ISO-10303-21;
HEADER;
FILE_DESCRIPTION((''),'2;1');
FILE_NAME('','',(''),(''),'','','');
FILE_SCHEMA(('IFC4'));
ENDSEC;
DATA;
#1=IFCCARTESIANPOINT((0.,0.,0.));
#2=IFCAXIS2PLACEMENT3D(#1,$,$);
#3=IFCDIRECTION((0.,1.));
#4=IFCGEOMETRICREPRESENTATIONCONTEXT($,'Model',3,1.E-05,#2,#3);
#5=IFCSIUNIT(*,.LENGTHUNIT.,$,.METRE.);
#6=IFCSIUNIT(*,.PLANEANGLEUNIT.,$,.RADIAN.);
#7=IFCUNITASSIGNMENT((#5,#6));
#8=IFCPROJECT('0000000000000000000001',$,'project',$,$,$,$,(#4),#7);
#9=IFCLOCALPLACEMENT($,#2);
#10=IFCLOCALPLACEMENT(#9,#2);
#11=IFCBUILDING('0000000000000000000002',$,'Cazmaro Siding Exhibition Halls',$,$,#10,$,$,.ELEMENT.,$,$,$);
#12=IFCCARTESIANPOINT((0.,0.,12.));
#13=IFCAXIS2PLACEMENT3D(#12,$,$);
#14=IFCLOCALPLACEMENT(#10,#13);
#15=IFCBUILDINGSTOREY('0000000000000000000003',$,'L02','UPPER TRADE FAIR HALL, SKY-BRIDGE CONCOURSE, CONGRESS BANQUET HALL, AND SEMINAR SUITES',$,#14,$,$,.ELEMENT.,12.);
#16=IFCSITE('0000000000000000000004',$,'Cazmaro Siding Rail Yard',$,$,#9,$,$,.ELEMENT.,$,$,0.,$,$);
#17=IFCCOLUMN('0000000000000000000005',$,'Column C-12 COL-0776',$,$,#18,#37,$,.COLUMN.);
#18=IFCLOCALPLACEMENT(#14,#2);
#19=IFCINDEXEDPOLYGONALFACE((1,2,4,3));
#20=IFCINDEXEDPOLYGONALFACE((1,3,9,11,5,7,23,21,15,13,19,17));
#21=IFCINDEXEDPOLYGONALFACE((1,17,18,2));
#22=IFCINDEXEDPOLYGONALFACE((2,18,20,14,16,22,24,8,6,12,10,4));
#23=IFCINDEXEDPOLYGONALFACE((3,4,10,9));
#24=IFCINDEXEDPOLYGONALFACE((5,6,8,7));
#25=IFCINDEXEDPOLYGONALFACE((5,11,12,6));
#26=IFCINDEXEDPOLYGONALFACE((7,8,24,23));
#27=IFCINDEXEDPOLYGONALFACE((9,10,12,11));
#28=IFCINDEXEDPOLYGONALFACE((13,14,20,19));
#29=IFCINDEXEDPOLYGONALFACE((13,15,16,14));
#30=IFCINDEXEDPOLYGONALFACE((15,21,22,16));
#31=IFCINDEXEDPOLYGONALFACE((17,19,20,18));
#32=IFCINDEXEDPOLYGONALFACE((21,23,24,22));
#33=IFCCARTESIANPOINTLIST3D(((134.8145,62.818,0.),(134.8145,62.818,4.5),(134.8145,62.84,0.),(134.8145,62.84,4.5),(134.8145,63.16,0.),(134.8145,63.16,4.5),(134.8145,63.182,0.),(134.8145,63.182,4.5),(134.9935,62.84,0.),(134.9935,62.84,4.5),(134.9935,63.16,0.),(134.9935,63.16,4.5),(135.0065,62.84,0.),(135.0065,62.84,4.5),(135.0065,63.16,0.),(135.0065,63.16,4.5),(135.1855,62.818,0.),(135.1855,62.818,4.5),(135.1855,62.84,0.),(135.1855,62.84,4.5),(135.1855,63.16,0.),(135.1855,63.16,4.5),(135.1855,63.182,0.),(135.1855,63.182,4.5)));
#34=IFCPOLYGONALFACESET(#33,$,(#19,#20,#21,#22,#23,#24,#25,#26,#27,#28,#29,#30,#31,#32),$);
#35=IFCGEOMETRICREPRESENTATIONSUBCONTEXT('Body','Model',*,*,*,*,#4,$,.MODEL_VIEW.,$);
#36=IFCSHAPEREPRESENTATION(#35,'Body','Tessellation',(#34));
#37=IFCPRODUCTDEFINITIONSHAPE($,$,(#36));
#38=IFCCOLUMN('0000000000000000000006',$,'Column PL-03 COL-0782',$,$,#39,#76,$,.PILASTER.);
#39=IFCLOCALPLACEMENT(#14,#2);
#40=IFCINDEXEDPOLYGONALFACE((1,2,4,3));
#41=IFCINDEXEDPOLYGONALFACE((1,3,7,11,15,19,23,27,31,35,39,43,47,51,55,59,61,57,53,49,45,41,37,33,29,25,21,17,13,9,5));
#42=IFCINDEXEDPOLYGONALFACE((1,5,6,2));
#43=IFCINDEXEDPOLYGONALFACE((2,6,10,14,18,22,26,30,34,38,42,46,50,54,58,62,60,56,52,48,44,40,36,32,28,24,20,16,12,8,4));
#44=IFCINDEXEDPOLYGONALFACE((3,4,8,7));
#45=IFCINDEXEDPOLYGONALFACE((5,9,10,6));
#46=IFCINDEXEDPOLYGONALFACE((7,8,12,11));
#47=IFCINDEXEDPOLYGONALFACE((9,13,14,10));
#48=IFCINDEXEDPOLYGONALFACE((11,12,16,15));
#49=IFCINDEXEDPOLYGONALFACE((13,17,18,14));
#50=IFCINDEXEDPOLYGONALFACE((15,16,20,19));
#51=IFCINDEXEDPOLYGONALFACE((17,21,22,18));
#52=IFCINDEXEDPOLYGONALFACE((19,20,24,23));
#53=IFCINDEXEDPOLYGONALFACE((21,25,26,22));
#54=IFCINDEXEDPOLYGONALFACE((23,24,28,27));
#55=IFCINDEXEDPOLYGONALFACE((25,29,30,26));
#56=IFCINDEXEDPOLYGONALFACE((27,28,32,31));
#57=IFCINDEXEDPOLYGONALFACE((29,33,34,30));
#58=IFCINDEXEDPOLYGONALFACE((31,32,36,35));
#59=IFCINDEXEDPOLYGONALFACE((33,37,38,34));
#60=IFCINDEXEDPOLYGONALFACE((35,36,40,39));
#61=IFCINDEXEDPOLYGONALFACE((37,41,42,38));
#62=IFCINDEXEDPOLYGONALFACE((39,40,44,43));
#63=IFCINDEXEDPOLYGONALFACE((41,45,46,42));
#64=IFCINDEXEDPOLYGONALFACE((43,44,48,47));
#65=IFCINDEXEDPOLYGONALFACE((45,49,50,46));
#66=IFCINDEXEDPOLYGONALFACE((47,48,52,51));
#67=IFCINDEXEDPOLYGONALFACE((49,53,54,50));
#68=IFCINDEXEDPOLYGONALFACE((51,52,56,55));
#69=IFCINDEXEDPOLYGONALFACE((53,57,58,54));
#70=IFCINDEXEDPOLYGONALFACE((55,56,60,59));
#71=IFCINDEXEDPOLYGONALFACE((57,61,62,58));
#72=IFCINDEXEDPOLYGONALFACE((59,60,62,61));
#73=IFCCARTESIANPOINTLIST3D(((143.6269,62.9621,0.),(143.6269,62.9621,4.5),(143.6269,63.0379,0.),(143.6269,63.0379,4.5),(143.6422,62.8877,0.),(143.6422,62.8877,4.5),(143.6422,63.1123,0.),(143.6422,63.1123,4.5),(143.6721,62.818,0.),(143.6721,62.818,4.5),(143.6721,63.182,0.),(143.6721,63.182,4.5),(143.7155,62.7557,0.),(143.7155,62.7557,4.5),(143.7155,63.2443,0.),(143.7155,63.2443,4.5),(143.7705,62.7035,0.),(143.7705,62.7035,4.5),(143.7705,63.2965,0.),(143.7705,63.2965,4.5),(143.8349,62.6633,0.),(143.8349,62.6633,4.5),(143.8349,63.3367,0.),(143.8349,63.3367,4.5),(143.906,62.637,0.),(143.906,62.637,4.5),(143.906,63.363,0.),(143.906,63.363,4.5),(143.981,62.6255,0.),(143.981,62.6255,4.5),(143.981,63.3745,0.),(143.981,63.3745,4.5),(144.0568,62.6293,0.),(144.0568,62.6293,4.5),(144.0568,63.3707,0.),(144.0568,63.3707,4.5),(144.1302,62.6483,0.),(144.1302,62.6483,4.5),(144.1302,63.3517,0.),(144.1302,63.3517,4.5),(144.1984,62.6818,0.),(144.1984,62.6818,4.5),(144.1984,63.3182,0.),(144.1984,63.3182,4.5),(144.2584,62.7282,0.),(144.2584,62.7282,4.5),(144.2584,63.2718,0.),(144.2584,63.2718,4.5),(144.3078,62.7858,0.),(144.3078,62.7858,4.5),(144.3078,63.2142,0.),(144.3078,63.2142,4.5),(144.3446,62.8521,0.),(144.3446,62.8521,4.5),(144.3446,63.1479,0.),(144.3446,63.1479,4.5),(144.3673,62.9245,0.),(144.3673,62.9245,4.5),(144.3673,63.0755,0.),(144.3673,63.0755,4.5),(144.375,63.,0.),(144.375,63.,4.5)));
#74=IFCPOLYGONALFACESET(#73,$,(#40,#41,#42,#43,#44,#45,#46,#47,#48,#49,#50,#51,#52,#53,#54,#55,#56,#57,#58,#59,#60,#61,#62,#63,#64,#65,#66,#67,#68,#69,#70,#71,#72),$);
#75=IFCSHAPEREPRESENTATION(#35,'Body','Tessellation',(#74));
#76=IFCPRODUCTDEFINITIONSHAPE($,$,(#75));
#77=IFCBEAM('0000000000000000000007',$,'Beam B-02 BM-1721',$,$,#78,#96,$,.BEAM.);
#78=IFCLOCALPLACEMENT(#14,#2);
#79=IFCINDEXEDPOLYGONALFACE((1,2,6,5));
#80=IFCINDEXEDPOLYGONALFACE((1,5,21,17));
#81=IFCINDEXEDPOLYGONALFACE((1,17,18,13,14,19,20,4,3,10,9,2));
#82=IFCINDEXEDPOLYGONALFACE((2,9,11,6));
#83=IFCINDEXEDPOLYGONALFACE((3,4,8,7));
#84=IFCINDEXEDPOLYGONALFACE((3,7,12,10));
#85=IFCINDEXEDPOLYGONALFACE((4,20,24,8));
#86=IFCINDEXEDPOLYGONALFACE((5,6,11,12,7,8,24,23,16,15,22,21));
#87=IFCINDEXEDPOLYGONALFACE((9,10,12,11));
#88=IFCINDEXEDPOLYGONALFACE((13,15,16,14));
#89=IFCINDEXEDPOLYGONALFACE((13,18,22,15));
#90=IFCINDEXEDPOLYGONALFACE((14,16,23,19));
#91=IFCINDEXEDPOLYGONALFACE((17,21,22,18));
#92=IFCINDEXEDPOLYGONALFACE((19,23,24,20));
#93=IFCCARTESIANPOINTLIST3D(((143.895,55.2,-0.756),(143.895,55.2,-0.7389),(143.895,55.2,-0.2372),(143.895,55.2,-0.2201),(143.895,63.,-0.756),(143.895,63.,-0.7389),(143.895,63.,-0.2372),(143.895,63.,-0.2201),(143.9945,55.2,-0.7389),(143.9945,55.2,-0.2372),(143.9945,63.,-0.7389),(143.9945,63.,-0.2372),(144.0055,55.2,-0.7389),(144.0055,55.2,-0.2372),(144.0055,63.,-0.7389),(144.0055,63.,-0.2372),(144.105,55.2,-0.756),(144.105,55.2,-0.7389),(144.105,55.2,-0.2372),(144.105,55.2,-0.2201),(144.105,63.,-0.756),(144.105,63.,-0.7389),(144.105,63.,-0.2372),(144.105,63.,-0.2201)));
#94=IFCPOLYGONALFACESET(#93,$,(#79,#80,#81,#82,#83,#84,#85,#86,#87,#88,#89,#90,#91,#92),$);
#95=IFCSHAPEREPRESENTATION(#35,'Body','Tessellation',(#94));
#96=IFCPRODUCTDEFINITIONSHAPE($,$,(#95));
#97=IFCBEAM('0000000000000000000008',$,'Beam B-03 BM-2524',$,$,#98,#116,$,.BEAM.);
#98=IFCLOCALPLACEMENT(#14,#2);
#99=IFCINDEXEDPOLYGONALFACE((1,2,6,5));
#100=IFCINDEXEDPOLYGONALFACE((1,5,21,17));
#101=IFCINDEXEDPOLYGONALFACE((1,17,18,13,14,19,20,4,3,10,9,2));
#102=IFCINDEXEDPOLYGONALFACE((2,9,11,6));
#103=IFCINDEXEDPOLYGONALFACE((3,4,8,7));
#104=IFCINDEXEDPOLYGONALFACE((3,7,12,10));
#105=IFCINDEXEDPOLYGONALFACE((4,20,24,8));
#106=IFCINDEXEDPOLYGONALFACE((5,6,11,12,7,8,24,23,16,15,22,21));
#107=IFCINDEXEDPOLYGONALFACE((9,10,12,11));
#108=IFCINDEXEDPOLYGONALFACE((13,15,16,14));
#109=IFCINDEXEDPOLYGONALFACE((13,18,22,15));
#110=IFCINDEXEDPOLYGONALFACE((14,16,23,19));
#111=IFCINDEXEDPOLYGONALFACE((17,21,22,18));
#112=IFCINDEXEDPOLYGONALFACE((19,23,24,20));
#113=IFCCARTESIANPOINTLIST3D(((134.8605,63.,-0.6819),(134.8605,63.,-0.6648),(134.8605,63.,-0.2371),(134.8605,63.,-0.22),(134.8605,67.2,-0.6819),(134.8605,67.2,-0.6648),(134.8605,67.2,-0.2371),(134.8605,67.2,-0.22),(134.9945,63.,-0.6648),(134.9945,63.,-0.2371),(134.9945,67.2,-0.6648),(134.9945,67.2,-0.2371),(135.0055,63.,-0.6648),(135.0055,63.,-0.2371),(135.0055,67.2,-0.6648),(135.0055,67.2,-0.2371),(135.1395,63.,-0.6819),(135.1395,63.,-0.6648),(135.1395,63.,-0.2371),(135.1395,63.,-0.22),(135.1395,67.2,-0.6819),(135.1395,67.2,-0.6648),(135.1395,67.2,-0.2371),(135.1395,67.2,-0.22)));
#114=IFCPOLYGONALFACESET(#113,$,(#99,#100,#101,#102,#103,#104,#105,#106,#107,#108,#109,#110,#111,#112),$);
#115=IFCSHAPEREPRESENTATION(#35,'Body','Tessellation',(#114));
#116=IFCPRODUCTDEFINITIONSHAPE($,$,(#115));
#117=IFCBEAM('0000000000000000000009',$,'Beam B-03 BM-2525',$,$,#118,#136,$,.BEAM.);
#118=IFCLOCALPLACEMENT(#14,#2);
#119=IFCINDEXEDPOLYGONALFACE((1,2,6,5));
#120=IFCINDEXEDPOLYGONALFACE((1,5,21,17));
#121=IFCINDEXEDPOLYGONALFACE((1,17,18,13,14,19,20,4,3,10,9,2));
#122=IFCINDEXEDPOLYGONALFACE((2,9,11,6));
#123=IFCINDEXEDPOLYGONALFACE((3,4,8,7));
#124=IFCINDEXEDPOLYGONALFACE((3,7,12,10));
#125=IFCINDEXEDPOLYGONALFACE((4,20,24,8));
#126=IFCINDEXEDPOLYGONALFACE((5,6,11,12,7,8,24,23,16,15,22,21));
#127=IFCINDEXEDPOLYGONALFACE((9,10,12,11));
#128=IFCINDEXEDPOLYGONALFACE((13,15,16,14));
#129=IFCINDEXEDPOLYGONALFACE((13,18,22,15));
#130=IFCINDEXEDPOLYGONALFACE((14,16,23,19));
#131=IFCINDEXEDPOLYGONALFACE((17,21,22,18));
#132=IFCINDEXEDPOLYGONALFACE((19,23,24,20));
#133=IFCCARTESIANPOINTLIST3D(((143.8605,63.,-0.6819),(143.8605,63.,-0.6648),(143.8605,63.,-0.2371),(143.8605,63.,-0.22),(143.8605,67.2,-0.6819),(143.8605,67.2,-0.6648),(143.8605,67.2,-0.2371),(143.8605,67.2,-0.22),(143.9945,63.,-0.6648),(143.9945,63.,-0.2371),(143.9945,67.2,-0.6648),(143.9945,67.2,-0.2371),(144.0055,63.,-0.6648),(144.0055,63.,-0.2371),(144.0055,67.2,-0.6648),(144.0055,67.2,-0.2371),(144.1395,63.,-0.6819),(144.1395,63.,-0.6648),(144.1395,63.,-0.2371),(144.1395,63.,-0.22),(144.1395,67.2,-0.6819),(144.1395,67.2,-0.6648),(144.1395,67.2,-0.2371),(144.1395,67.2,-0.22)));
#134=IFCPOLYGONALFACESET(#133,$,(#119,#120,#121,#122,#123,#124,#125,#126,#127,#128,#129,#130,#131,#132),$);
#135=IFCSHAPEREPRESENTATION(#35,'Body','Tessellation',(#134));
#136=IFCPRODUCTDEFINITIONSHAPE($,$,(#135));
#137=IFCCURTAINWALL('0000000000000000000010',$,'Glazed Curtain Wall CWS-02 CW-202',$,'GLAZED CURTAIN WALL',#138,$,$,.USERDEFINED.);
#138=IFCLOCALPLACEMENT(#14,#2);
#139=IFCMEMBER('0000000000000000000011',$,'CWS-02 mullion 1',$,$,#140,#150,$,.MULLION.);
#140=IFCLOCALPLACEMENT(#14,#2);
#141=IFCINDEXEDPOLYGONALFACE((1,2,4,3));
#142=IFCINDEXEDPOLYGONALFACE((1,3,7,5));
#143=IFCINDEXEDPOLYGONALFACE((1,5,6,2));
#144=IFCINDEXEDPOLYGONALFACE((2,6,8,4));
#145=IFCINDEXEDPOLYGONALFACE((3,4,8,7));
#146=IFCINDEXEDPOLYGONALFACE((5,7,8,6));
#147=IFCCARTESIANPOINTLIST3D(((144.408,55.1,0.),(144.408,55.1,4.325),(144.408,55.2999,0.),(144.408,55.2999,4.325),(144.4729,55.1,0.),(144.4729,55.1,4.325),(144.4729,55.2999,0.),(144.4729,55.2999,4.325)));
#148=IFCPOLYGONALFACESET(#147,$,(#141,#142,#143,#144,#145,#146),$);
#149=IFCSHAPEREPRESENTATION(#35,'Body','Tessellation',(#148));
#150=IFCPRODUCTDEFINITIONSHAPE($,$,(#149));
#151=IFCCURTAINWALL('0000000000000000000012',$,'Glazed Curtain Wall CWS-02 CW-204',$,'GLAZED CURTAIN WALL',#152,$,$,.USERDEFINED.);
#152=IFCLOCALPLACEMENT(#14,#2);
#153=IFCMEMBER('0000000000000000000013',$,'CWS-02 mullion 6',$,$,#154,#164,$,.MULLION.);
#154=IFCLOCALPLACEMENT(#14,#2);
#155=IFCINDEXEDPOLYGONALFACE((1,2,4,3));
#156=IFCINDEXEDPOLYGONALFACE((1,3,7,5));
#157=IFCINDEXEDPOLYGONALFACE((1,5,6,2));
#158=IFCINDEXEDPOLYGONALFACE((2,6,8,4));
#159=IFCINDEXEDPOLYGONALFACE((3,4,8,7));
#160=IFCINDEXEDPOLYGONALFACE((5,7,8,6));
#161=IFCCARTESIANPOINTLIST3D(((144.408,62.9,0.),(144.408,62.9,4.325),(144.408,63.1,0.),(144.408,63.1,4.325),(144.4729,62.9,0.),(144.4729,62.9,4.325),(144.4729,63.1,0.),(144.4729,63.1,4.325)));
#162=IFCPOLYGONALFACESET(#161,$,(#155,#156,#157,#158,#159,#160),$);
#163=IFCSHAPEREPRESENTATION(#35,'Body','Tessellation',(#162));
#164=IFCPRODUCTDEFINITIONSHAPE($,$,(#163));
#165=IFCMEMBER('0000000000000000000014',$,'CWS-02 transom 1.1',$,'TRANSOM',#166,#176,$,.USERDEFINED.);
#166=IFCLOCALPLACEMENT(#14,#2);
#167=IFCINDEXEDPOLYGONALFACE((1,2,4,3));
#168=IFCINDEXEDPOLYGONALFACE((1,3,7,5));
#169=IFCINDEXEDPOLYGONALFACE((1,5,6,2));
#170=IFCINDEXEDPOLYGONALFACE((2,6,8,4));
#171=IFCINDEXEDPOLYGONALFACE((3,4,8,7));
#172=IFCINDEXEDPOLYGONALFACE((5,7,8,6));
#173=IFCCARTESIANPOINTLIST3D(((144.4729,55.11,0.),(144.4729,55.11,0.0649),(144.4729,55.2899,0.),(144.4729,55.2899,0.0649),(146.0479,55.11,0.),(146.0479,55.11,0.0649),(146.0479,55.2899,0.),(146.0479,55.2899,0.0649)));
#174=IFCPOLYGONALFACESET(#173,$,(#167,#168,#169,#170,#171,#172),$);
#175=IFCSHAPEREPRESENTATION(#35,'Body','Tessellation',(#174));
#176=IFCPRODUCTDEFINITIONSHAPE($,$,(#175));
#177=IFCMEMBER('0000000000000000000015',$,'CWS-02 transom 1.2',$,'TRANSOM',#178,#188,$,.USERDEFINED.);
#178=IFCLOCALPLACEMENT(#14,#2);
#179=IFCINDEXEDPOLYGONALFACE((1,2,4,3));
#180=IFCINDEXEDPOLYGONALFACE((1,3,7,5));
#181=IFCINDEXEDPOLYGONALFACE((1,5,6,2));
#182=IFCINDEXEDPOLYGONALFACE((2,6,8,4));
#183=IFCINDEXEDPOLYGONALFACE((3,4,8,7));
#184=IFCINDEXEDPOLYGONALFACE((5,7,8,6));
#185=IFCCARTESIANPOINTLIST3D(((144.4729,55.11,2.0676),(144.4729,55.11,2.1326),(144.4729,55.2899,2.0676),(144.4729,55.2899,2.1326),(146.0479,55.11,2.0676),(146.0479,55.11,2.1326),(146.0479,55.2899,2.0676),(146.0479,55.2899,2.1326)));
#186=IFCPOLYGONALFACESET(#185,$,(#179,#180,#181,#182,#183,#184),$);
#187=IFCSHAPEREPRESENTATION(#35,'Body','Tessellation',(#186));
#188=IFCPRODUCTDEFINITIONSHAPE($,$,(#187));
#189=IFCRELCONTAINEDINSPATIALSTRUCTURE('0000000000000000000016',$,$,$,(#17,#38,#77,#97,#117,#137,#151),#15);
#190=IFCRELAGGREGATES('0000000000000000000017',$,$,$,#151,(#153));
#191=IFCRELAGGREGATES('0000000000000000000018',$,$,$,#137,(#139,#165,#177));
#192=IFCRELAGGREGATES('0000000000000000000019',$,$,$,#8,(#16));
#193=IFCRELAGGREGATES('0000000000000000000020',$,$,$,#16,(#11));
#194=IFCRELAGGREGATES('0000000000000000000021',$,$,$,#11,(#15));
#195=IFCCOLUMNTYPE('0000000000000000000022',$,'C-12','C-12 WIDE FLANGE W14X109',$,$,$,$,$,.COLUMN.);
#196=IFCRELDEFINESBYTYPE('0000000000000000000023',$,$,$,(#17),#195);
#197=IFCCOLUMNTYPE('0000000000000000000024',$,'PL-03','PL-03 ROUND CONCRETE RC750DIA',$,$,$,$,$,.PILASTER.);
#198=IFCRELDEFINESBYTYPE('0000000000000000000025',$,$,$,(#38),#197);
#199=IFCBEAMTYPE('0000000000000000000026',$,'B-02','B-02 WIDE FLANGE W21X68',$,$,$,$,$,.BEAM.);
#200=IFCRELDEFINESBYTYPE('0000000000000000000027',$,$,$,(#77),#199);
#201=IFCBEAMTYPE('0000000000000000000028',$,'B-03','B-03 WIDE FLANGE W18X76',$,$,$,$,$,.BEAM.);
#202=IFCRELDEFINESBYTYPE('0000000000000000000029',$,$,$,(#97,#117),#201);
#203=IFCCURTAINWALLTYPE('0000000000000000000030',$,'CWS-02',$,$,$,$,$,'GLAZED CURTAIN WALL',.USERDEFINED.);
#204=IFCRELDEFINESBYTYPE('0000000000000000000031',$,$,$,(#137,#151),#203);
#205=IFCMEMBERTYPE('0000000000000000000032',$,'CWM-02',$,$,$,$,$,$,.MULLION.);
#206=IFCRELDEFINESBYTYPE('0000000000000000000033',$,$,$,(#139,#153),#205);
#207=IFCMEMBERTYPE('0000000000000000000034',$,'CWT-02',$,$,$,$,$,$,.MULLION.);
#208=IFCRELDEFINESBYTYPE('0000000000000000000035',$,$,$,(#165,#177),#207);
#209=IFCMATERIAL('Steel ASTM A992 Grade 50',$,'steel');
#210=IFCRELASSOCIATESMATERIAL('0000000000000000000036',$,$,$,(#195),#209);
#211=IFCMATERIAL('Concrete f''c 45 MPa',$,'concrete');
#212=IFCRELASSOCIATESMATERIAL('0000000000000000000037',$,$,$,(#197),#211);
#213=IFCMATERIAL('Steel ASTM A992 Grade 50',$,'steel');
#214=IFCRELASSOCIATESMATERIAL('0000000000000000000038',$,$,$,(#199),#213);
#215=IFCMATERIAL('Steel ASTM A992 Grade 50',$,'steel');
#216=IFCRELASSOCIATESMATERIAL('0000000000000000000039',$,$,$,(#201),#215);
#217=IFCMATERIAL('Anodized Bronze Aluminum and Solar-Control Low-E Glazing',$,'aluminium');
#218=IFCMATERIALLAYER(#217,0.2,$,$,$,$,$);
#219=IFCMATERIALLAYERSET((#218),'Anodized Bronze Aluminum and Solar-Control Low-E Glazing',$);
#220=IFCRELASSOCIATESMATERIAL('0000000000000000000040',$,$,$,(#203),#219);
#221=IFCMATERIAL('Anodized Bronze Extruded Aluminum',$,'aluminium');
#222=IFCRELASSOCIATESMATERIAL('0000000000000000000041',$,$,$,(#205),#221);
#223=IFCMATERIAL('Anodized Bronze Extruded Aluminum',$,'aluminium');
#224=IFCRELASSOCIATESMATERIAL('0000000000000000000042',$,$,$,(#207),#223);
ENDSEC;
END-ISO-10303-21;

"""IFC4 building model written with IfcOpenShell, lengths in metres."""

from ifc_helpers import new_model, si_unit, direction, frame, origin, origin_2d, place, context, subcontext, project, spatial, rectangle, circle, i_section, extrude, material, layer, layer_set, material_profile, profile_set, type_object, element, aggregate, save


model = new_model("IFC4")

# Units and contexts
model_context = context("Model", 3, precision=1e-05, world=origin(), true_north=direction((0.0, 1.0)))
body_context = subcontext(model_context, "Body", "Model", "MODEL_VIEW")
ifc_project = project(units=[si_unit("LENGTHUNIT", "METRE"), si_unit("PLANEANGLEUNIT", "RADIAN")], contexts=[model_context])

# Site, building, storey
site_placement = place(None, origin())
site = spatial("IfcSite", under=ifc_project, at=site_placement, Name="Cazmaro Siding Rail Yard", CompositionType="ELEMENT", RefElevation=0.0)
building_placement = place(site_placement, origin())
building = spatial("IfcBuilding", under=site, at=building_placement, Name="Cazmaro Siding Exhibition Halls", CompositionType="ELEMENT")
storey_placement = place(building_placement, frame((0.0, 0.0, 12.0)))
storey = spatial("IfcBuildingStorey", under=building, at=storey_placement, Name="L02", Description="UPPER TRADE FAIR HALL, SKY-BRIDGE CONCOURSE, CONGRESS BANQUET HALL, AND SEMINAR SUITES", CompositionType="ELEMENT", Elevation=12.0)

# Columns
ifc_material_1 = material(Name="Steel ASTM A992 Grade 50", Category="steel")
ifc_material_profile_1 = material_profile(ifc_material_1, i_section(OverallWidth=0.3711, OverallDepth=0.364, WebThickness=0.0129, FlangeThickness=0.022, at=origin_2d()), Name="W14X109")
ifc_profile_set_1 = profile_set([ifc_material_profile_1], Name="Steel ASTM A992 Grade 50")
column_type_1 = type_object("IfcColumnType", Name="C-12", Description="C-12 WIDE FLANGE W14X109", PredefinedType="COLUMN", material=ifc_profile_set_1)
column_1_placement = place(storey_placement, frame((135.0, 63.0, 0.0), z_axis=(0.0, 0.0, 1.0), x_axis=(1.0, 0.0, 0.0)))
element("IfcColumn", 1, at=column_1_placement, inside=storey, type_object=column_type_1, Name="Column C-12 COL-0776", PredefinedType="COLUMN", context=body_context, shape_type="SweptSolid", body=[
    extrude(i_section(OverallWidth=0.3711, OverallDepth=0.364, WebThickness=0.0129, FlangeThickness=0.022, at=origin_2d()), origin(), (0.0, 0.0, 1.0), 4.5),
])
ifc_material_2 = material(Name="Concrete f'c 45 MPa", Category="concrete")
ifc_material_profile_2 = material_profile(ifc_material_2, circle(Radius=0.375, at=origin_2d()), Name="RC750DIA")
ifc_profile_set_2 = profile_set([ifc_material_profile_2], Name="Concrete f'c 45 MPa")
column_type_2 = type_object("IfcColumnType", Name="PL-03", Description="PL-03 ROUND CONCRETE RC750DIA", PredefinedType="PILASTER", material=ifc_profile_set_2)
column_2_placement = place(storey_placement, frame((144.0, 63.0, 0.0), z_axis=(0.0, 0.0, 1.0), x_axis=(1.0, 0.0, 0.0)))
element("IfcColumn", 2, at=column_2_placement, inside=storey, type_object=column_type_2, Name="Column PL-03 COL-0782", PredefinedType="PILASTER", context=body_context, shape_type="SweptSolid", body=[
    extrude(circle(Radius=0.375, at=origin_2d()), origin(), (0.0, 0.0, 1.0), 4.5),
])

# Beams
ifc_material_3 = material(Name="Steel ASTM A992 Grade 50", Category="steel")
ifc_material_profile_3 = material_profile(ifc_material_3, i_section(OverallWidth=0.21, OverallDepth=0.5359, WebThickness=0.011, FlangeThickness=0.0171, at=origin_2d()), Name="W21X68")
ifc_profile_set_3 = profile_set([ifc_material_profile_3], Name="Steel ASTM A992 Grade 50")
beam_type_1 = type_object("IfcBeamType", Name="B-02", Description="B-02 WIDE FLANGE W21X68", PredefinedType="BEAM", material=ifc_profile_set_3)
beam_placement = place(storey_placement, frame((144.0, 55.2, -0.488), z_axis=(0.0, 1.0, 0.0), x_axis=(-1.0, 0.0, 0.0)))
element("IfcBeam", 3, at=beam_placement, inside=storey, type_object=beam_type_1, Name="Beam B-02 BM-1721", PredefinedType="BEAM", context=body_context, shape_type="SweptSolid", body=[
    extrude(i_section(OverallWidth=0.21, OverallDepth=0.5359, WebThickness=0.011, FlangeThickness=0.0171, at=origin_2d()), origin(), (0.0, 0.0, 1.0), 7.8),
])
ifc_material_4 = material(Name="Steel ASTM A992 Grade 50", Category="steel")
ifc_material_profile_4 = material_profile(ifc_material_4, i_section(OverallWidth=0.2791, OverallDepth=0.4619, WebThickness=0.011, FlangeThickness=0.0171, at=origin_2d()), Name="W18X76")
ifc_profile_set_4 = profile_set([ifc_material_profile_4], Name="Steel ASTM A992 Grade 50")
beam_type_2 = type_object("IfcBeamType", Name="B-03", Description="B-03 WIDE FLANGE W18X76", PredefinedType="BEAM", material=ifc_profile_set_4)
for number, where, z_axis, x_axis, name in (
    (4, (135.0, 63.0, -0.4509), (0.0, 1.0, 0.0), (-1.0, 0.0, 0.0), "Beam B-03 BM-2524"),
    (5, (144.0, 63.0, -0.4509), (0.0, 1.0, 0.0), (-1.0, 0.0, 0.0), "Beam B-03 BM-2525"),
):
    element("IfcBeam", number, at=place(storey_placement, frame(where, z_axis=z_axis, x_axis=x_axis)), inside=storey, type_object=beam_type_2, Name=name, PredefinedType="BEAM", context=body_context, shape_type="SweptSolid", body=[
        extrude(i_section(OverallWidth=0.2791, OverallDepth=0.4619, WebThickness=0.011, FlangeThickness=0.0171, at=origin_2d()), origin(), (0.0, 0.0, 1.0), 4.2),
    ])

# Curtain walls, members
ifc_material_5 = material(Name="Anodized Bronze Aluminum and Solar-Control Low-E Glazing", Category="aluminium")
ifc_layer_1 = layer(ifc_material_5, 0.2)
ifc_layer_set_1 = layer_set([ifc_layer_1], Name="Anodized Bronze Aluminum and Solar-Control Low-E Glazing")
curtain_wall_type = type_object("IfcCurtainWallType", Name="CWS-02", ElementType="GLAZED CURTAIN WALL", PredefinedType="USERDEFINED", material=ifc_layer_set_1)
curtain_wall_1_placement = place(storey_placement, origin())
curtain_wall_1 = element("IfcCurtainWall", 6, at=curtain_wall_1_placement, inside=storey, type_object=curtain_wall_type, Name="Glazed Curtain Wall CWS-02 CW-202", ObjectType="GLAZED CURTAIN WALL", PredefinedType="USERDEFINED")
ifc_material_6 = material(Name="Anodized Bronze Extruded Aluminum", Category="aluminium")
ifc_material_profile_5 = material_profile(ifc_material_6, rectangle(XDim=0.2, YDim=0.0649, at=origin_2d()), Name="CWM-02")
ifc_profile_set_5 = profile_set([ifc_material_profile_5], Name="Anodized Bronze Extruded Aluminum")
member_type_1 = type_object("IfcMemberType", Name="CWM-02", PredefinedType="MULLION", material=ifc_profile_set_5)
member_1_placement = place(storey_placement, frame((144.4404, 55.2, 0.0), z_axis=(0.0, 0.0, 1.0), x_axis=(0.0, 1.0, 0.0)))
member_1 = element("IfcMember", 7, at=member_1_placement, type_object=member_type_1, Name="CWS-02 mullion 1", PredefinedType="MULLION", context=body_context, shape_type="SweptSolid", body=[
    extrude(rectangle(XDim=0.2, YDim=0.0649, at=origin_2d()), origin(), (0.0, 0.0, 1.0), 4.325),
])
curtain_wall_2_placement = place(storey_placement, origin())
curtain_wall_2 = element("IfcCurtainWall", 8, at=curtain_wall_2_placement, inside=storey, type_object=curtain_wall_type, Name="Glazed Curtain Wall CWS-02 CW-204", ObjectType="GLAZED CURTAIN WALL", PredefinedType="USERDEFINED")
member_2_placement = place(storey_placement, frame((144.4404, 63.0, 0.0), z_axis=(0.0, 0.0, 1.0), x_axis=(0.0, -1.0, 0.0)))
member_2 = element("IfcMember", 9, at=member_2_placement, type_object=member_type_1, Name="CWS-02 mullion 6", PredefinedType="MULLION", context=body_context, shape_type="SweptSolid", body=[
    extrude(rectangle(XDim=0.2, YDim=0.0649, at=origin_2d()), origin(), (0.0, 0.0, 1.0), 4.325),
])
aggregate(curtain_wall_2, [member_2])

# Members
ifc_material_7 = material(Name="Anodized Bronze Extruded Aluminum", Category="aluminium")
ifc_material_profile_6 = material_profile(ifc_material_7, rectangle(XDim=0.1799, YDim=0.0649, at=origin_2d()), Name="CWT-02")
ifc_profile_set_6 = profile_set([ifc_material_profile_6], Name="Anodized Bronze Extruded Aluminum")
member_type_2 = type_object("IfcMemberType", Name="CWT-02", PredefinedType="MULLION", material=ifc_profile_set_6)
member_3_placement = place(storey_placement, frame((144.4729, 55.2, 0.0325), z_axis=(1.0, 0.0, 0.0), x_axis=(0.0, 1.0, 0.0)))
member_3 = element("IfcMember", 10, at=member_3_placement, type_object=member_type_2, Name="CWS-02 transom 1.1", ObjectType="TRANSOM", PredefinedType="USERDEFINED", context=body_context, shape_type="SweptSolid", body=[
    extrude(rectangle(XDim=0.1799, YDim=0.0649, at=origin_2d()), origin(), (0.0, 0.0, 1.0), 1.575),
])
member_4_placement = place(storey_placement, frame((144.4729, 55.2, 2.1001), z_axis=(1.0, 0.0, 0.0), x_axis=(0.0, 1.0, 0.0)))
member_4 = element("IfcMember", 11, at=member_4_placement, type_object=member_type_2, Name="CWS-02 transom 1.2", ObjectType="TRANSOM", PredefinedType="USERDEFINED", context=body_context, shape_type="SweptSolid", body=[
    extrude(rectangle(XDim=0.1799, YDim=0.0649, at=origin_2d()), origin(), (0.0, 0.0, 1.0), 1.575),
])

aggregate(curtain_wall_1, [member_1, member_3, member_4])

save(model, "model.ifc")
